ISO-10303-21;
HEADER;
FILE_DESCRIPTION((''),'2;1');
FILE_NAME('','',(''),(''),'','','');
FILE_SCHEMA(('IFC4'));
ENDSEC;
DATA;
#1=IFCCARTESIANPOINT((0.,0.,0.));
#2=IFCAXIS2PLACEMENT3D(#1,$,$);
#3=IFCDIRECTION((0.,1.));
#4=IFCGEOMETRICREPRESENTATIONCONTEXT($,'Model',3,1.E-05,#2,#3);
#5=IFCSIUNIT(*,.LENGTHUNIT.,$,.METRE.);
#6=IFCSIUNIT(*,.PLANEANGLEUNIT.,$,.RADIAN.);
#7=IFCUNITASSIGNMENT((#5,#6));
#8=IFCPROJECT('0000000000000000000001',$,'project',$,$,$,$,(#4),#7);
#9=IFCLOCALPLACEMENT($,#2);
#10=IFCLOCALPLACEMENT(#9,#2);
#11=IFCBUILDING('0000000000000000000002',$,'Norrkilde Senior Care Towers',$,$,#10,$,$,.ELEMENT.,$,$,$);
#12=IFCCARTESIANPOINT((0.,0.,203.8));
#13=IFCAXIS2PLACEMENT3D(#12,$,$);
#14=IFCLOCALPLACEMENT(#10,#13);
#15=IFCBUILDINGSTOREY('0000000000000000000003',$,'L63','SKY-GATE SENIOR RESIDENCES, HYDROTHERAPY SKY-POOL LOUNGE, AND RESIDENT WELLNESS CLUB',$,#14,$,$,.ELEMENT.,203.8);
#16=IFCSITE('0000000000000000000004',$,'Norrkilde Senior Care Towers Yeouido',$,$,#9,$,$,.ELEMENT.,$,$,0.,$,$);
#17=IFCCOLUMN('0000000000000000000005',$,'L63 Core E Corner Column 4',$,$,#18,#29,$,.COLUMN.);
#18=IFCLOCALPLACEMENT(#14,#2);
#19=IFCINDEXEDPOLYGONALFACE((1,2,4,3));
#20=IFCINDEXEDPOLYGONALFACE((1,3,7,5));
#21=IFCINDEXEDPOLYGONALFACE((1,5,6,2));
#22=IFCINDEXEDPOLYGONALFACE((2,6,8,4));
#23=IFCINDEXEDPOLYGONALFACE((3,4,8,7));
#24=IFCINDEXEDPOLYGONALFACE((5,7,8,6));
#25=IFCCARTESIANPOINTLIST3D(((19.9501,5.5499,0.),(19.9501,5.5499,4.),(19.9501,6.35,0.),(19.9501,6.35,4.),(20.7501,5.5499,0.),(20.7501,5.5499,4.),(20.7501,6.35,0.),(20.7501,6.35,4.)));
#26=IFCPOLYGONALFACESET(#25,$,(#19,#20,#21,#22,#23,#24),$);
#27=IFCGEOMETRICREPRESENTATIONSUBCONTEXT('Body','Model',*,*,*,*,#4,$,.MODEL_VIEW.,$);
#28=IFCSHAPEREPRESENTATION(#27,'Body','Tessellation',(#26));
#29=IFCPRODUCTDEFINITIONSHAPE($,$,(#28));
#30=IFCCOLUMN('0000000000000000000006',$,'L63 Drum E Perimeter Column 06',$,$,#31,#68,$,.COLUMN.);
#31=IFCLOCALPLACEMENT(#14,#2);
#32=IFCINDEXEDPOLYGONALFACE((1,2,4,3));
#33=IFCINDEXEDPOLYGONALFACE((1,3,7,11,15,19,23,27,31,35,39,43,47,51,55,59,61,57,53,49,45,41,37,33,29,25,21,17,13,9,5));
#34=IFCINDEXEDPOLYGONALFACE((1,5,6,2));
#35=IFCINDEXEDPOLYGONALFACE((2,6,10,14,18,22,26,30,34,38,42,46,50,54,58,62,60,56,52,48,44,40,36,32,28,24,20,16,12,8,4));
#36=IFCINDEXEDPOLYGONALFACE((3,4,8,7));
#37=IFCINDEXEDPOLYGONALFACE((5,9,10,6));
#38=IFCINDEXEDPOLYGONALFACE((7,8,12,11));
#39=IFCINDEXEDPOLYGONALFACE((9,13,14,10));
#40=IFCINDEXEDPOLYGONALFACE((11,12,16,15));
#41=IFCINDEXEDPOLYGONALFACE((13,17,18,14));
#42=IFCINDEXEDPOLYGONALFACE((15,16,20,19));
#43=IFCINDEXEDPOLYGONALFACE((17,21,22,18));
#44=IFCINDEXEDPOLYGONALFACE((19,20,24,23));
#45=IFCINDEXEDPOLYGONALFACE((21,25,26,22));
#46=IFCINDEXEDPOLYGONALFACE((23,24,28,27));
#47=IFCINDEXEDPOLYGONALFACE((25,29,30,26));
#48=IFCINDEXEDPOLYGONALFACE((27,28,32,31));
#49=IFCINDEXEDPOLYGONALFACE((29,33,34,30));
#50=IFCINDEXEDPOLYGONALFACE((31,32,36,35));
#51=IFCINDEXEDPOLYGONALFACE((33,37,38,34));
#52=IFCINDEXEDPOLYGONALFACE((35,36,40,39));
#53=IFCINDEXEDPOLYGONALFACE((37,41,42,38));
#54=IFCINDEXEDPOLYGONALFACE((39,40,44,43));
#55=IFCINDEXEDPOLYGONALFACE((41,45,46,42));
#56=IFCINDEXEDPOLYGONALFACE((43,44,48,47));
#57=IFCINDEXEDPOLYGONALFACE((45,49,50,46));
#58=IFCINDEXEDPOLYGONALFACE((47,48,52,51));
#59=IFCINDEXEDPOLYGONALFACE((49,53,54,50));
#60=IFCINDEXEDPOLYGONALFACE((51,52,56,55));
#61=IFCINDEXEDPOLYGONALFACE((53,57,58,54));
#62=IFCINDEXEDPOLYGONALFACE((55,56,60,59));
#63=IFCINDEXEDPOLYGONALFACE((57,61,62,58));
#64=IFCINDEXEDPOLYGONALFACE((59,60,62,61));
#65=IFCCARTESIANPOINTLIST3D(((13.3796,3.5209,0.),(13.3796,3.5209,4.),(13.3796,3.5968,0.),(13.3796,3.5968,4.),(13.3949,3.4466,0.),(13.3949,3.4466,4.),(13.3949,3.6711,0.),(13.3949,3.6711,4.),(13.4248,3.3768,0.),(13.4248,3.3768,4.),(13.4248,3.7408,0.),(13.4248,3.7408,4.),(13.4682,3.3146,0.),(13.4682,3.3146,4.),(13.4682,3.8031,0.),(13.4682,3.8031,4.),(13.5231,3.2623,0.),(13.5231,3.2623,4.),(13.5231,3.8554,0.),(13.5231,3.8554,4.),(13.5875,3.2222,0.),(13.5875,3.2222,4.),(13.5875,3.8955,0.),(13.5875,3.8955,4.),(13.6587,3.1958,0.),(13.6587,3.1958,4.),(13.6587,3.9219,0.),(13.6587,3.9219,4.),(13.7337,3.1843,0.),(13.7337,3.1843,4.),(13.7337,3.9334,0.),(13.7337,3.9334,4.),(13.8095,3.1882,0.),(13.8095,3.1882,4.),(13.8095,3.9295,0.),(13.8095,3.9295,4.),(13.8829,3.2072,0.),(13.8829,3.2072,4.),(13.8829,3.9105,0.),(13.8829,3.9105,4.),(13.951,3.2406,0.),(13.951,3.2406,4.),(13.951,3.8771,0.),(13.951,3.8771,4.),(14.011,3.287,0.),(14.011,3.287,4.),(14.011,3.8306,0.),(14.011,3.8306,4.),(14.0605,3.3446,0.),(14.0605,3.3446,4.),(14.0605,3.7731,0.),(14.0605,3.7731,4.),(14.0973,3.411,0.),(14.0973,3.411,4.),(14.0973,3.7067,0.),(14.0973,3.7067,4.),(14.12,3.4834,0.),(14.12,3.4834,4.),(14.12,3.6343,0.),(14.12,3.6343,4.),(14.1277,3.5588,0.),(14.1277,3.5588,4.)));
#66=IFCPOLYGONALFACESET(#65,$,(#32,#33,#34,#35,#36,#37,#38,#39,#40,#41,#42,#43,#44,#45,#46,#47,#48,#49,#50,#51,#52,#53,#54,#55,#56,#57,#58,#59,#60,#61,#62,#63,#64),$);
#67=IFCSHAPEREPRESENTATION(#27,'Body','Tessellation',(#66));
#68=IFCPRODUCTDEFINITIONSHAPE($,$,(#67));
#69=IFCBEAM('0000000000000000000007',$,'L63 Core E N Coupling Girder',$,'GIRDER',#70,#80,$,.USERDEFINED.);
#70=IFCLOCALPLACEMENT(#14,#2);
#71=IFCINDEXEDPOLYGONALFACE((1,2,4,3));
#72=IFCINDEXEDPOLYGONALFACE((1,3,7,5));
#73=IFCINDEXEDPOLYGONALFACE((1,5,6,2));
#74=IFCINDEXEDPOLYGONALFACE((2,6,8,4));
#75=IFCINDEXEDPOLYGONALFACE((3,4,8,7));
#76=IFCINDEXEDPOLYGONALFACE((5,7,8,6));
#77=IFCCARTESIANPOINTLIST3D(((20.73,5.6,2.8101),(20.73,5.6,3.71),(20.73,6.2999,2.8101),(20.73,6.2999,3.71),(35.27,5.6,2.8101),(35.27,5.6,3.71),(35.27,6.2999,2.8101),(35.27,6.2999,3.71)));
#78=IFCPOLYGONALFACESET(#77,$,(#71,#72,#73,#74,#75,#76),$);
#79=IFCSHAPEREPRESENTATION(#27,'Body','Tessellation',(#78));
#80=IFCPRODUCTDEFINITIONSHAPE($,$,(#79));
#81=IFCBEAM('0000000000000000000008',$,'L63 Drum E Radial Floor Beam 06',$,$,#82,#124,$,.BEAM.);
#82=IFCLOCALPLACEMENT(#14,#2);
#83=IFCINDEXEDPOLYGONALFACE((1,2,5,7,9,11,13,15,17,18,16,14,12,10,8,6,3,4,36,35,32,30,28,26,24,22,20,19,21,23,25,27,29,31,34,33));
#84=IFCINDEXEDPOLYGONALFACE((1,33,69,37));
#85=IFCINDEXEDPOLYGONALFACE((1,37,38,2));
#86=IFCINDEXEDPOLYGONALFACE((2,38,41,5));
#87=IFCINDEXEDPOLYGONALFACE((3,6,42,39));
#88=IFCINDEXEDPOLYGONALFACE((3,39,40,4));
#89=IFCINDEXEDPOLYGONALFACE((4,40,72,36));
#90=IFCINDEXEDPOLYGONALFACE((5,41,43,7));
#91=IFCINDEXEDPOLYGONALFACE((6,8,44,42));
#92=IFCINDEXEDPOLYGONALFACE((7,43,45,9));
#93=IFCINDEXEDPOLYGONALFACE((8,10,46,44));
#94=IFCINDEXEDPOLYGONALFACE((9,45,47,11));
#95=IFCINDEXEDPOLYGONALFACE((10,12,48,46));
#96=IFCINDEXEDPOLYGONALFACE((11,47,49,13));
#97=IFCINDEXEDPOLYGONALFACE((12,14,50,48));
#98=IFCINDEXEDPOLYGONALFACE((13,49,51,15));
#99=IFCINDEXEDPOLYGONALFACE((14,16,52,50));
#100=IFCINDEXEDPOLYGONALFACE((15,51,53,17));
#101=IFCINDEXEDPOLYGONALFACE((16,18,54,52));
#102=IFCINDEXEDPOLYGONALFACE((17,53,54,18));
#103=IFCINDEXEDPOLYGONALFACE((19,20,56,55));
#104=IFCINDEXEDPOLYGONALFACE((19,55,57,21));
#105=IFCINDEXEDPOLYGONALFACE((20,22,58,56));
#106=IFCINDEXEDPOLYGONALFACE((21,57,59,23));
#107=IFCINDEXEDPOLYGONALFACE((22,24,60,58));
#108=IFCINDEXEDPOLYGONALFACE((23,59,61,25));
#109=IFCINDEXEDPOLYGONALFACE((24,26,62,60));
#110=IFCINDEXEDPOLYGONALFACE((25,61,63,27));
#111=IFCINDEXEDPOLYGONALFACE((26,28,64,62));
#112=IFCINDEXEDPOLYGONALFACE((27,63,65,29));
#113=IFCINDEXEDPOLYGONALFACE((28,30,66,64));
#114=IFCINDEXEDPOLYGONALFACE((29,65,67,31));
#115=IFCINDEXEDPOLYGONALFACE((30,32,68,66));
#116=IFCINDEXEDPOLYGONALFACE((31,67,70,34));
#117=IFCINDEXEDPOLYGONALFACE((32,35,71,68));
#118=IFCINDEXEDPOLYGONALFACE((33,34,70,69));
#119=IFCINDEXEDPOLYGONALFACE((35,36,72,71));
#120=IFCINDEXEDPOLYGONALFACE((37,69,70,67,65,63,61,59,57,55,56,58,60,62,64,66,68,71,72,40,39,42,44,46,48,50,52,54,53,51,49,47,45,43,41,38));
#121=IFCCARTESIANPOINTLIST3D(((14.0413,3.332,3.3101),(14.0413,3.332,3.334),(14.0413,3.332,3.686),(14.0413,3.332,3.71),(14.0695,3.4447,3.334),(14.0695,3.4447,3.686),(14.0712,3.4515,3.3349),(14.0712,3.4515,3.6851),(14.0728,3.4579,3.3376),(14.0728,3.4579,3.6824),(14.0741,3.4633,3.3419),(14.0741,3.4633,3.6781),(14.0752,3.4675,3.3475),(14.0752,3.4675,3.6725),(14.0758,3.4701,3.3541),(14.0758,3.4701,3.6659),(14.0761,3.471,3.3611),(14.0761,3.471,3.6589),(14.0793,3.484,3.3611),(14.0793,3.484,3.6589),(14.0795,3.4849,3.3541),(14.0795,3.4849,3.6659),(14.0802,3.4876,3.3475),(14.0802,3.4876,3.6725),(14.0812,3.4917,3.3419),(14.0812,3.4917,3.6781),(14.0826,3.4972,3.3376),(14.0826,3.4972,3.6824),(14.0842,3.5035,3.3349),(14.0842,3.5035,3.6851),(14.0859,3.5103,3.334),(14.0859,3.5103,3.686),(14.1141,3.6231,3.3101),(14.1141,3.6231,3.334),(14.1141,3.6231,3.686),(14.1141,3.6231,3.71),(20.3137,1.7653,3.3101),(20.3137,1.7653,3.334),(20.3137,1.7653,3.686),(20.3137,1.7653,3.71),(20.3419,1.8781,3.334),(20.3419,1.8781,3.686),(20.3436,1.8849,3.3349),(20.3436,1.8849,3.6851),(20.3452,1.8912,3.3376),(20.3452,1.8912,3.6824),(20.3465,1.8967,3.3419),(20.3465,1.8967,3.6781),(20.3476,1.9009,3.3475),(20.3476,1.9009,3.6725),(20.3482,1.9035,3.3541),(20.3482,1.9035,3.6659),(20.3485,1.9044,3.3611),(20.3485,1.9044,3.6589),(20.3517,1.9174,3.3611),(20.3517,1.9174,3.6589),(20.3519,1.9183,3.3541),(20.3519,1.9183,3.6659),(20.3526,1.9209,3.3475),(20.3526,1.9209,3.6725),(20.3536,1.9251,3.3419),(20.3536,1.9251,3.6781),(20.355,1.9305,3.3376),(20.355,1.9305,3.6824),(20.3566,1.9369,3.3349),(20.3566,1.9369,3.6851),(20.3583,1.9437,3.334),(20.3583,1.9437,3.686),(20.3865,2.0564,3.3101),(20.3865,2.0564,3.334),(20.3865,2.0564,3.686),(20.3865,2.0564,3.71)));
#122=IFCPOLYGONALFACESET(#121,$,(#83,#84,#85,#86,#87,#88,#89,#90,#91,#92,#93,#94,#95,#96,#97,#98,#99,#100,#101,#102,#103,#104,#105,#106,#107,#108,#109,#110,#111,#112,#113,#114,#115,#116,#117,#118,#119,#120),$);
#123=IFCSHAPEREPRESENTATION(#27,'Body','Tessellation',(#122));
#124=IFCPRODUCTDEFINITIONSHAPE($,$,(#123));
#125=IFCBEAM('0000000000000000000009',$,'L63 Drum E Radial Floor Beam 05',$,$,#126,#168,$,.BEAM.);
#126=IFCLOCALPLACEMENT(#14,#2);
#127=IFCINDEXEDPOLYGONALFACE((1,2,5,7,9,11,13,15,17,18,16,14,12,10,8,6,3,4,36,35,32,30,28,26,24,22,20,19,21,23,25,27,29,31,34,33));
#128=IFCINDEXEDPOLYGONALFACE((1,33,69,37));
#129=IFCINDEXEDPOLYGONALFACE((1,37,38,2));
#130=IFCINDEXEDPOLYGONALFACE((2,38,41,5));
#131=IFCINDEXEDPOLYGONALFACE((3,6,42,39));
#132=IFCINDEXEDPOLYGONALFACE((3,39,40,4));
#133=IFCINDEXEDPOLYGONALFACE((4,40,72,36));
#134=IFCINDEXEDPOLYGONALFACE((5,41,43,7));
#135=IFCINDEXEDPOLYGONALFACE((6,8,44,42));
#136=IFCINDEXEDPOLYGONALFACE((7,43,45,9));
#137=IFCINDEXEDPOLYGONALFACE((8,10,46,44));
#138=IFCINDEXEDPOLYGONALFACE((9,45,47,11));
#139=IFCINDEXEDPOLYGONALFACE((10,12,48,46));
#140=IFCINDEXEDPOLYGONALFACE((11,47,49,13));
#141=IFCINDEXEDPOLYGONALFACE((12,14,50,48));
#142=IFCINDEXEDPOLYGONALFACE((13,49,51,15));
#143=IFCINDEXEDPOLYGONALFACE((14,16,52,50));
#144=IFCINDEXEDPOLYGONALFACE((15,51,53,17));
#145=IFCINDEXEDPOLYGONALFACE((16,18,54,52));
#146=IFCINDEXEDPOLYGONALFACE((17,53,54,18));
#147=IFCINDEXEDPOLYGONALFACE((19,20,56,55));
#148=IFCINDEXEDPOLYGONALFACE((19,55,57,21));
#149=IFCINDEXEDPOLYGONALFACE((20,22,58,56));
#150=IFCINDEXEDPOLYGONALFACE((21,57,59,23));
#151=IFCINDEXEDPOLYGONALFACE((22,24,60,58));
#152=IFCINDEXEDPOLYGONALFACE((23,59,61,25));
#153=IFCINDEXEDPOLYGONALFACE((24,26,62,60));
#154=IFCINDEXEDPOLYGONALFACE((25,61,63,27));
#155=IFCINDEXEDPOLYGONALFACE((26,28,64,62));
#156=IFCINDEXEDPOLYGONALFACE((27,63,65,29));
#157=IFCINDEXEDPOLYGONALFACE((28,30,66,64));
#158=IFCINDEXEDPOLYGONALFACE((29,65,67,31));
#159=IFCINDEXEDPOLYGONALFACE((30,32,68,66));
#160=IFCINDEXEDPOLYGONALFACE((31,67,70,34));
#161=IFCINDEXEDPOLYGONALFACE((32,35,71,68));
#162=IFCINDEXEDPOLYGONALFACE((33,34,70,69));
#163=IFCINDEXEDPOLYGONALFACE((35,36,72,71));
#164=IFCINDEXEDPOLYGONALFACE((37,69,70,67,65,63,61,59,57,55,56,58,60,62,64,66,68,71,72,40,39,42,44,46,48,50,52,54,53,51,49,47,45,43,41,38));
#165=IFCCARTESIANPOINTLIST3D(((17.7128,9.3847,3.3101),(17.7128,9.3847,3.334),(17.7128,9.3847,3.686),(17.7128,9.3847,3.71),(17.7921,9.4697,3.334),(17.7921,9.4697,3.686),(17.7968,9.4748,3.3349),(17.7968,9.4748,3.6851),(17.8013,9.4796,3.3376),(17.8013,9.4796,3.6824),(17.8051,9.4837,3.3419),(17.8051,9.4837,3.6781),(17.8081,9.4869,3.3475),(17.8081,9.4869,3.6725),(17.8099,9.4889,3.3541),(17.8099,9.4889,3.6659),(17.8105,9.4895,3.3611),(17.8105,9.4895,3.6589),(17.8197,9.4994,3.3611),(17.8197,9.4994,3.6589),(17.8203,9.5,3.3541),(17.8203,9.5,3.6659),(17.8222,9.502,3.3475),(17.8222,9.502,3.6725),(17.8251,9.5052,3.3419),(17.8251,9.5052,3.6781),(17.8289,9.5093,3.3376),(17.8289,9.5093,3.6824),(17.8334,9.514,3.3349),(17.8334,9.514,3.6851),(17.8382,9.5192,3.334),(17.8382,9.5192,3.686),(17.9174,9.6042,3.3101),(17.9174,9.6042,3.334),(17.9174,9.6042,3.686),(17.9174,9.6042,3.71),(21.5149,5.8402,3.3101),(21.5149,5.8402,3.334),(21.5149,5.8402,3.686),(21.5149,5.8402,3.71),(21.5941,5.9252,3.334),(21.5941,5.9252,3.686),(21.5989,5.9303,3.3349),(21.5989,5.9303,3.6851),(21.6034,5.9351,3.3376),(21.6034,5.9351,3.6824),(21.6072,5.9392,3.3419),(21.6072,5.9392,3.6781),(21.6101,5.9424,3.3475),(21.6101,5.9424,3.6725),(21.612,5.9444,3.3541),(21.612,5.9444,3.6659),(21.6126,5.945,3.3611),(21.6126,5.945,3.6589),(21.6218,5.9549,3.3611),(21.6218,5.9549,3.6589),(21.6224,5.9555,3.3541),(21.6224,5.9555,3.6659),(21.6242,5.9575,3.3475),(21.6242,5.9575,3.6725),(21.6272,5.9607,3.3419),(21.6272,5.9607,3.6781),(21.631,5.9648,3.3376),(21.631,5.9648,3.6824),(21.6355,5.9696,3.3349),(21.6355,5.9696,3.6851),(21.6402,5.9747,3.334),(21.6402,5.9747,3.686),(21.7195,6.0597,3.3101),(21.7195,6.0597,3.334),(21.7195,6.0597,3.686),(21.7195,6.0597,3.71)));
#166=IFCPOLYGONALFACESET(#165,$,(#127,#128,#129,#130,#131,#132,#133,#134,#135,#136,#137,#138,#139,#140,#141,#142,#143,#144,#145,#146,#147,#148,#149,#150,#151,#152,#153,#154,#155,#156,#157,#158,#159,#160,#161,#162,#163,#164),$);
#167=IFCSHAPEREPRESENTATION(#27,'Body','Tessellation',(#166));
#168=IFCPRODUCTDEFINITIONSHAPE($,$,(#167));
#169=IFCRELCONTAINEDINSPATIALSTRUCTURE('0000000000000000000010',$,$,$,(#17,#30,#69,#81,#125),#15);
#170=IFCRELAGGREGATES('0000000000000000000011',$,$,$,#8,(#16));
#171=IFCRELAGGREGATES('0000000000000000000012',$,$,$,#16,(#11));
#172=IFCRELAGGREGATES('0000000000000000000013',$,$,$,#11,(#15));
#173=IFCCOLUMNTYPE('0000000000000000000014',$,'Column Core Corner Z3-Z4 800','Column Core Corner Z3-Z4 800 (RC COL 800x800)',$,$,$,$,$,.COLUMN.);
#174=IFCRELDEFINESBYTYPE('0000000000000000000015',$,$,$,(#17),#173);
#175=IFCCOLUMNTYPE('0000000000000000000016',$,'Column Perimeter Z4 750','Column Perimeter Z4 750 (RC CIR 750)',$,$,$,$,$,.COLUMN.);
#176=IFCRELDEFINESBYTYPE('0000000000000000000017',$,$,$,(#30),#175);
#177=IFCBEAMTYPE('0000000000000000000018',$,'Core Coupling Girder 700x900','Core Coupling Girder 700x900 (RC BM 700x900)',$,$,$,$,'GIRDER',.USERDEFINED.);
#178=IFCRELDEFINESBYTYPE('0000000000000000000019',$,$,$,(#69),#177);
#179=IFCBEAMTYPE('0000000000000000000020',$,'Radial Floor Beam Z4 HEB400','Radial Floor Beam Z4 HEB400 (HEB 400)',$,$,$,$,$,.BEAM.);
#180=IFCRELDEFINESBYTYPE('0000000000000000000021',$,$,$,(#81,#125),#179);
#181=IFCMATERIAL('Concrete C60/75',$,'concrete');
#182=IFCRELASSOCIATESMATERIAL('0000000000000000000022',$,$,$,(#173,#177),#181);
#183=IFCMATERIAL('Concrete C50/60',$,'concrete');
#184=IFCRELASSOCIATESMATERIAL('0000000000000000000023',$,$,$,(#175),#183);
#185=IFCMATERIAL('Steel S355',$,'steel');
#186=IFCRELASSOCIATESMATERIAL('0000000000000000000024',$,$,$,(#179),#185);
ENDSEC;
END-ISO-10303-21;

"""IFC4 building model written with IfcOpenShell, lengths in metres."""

from ifc_helpers import new_model, si_unit, direction, frame, origin, origin_2d, place, context, subcontext, project, spatial, rectangle, circle, i_section, extrude, source, transform, mapped, material, material_profile, profile_set, type_object, type_shapes, element, save


model = new_model("IFC4")

# Units and contexts
model_context = context("Model", 3, precision=1e-05, world=origin(), true_north=direction((0.0, 1.0)))
body_context = subcontext(model_context, "Body", "Model", "MODEL_VIEW")
ifc_project = project(units=[si_unit("LENGTHUNIT", "METRE"), si_unit("PLANEANGLEUNIT", "RADIAN")], contexts=[model_context])

# Site, building, storey
site_placement = place(None, origin())
site = spatial("IfcSite", under=ifc_project, at=site_placement, Name="Norrkilde Senior Care Towers Yeouido", CompositionType="ELEMENT", RefElevation=0.0)
building_placement = place(site_placement, origin())
building = spatial("IfcBuilding", under=site, at=building_placement, Name="Norrkilde Senior Care Towers", CompositionType="ELEMENT")
storey_placement = place(building_placement, frame((0.0, 0.0, 203.8)))
storey = spatial("IfcBuildingStorey", under=building, at=storey_placement, Name="L63", Description="SKY-GATE SENIOR RESIDENCES, HYDROTHERAPY SKY-POOL LOUNGE, AND RESIDENT WELLNESS CLUB", CompositionType="ELEMENT", Elevation=203.8)

# Columns
ifc_material_1 = material(Name="Concrete C60/75", Category="concrete")
ifc_material_profile_1 = material_profile(ifc_material_1, rectangle(XDim=0.8, YDim=0.8, at=origin_2d()), Name="RC COL 800x800")
ifc_profile_set_1 = profile_set([ifc_material_profile_1], Name="Concrete C60/75")
column_type_1 = type_object("IfcColumnType", Name="Column Core Corner Z3-Z4 800", Description="Column Core Corner Z3-Z4 800 (RC COL 800x800)", PredefinedType="COLUMN", material=ifc_profile_set_1)
shared_shape_1 = source(origin(), body_context, "Body", "SweptSolid", [
    extrude(rectangle(XDim=0.8, YDim=0.8, at=origin_2d()), origin(), (0.0, 0.0, 1.0), 4.0),
])
type_shapes(column_type_1, [shared_shape_1])
column_1_placement = place(storey_placement, frame((20.3501, 5.95, 0.0), z_axis=(0.0, 0.0, 1.0), x_axis=(1.0, 0.0, 0.0)))
element("IfcColumn", 1, at=column_1_placement, inside=storey, type_object=column_type_1, Name="L63 Core E Corner Column 4", PredefinedType="COLUMN", context=body_context, shape_type="MappedRepresentation", body=[
    mapped(shared_shape_1, transform((0.0, 0.0, 0.0), x_axis=(1.0, 0.0, 0.0), y_axis=(0.0, 1.0, 0.0), z_axis=(0.0, 0.0, 1.0), scale=1.0)),
])
ifc_material_2 = material(Name="Concrete C50/60", Category="concrete")
ifc_material_profile_2 = material_profile(ifc_material_2, circle(Radius=0.375, at=origin_2d()), Name="RC CIR 750")
ifc_profile_set_2 = profile_set([ifc_material_profile_2], Name="Concrete C50/60")
column_type_2 = type_object("IfcColumnType", Name="Column Perimeter Z4 750", Description="Column Perimeter Z4 750 (RC CIR 750)", PredefinedType="COLUMN", material=ifc_profile_set_2)
shared_shape_2 = source(origin(), body_context, "Body", "SweptSolid", [
    extrude(circle(Radius=0.375, at=origin_2d()), origin(), (0.0, 0.0, 1.0), 4.0),
])
type_shapes(column_type_2, [shared_shape_2])
column_2_placement = place(storey_placement, frame((13.7527, 3.5588, 0.0), z_axis=(0.0, 0.0, 1.0), x_axis=(1.0, 0.0, 0.0)))
element("IfcColumn", 2, at=column_2_placement, inside=storey, type_object=column_type_2, Name="L63 Drum E Perimeter Column 06", PredefinedType="COLUMN", context=body_context, shape_type="MappedRepresentation", body=[
    mapped(shared_shape_2, transform((0.0, 0.0, 0.0), x_axis=(1.0, 0.0, 0.0), y_axis=(0.0, 1.0, 0.0), z_axis=(0.0, 0.0, 1.0), scale=1.0)),
])

# Beams
ifc_material_profile_3 = material_profile(ifc_material_1, rectangle(XDim=0.7, YDim=0.8999, at=origin_2d()), Name="RC BM 700x900")
ifc_profile_set_3 = profile_set([ifc_material_profile_3], Name="Concrete C60/75")
beam_type_1 = type_object("IfcBeamType", Name="Core Coupling Girder 700x900", Description="Core Coupling Girder 700x900 (RC BM 700x900)", ElementType="GIRDER", PredefinedType="USERDEFINED", material=ifc_profile_set_3)
shared_shape_3 = source(origin(), body_context, "Body", "SweptSolid", [
    extrude(rectangle(XDim=0.7, YDim=0.8999, at=origin_2d()), origin(), (0.0, 0.0, 1.0), 14.54),
])
type_shapes(beam_type_1, [shared_shape_3])
beam_1_placement = place(storey_placement, frame((20.73, 5.95, 3.26), z_axis=(1.0, 0.0, 0.0), x_axis=(0.0, 1.0, 0.0)))
element("IfcBeam", 3, at=beam_1_placement, inside=storey, type_object=beam_type_1, Name="L63 Core E N Coupling Girder", ObjectType="GIRDER", PredefinedType="USERDEFINED", context=body_context, shape_type="MappedRepresentation", body=[
    mapped(shared_shape_3, transform((0.0, 0.0, 0.0), x_axis=(1.0, 0.0, 0.0), y_axis=(0.0, 1.0, 0.0), z_axis=(0.0, 0.0, 1.0), scale=1.0)),
])
ifc_material_3 = material(Name="Steel S355", Category="steel")
ifc_material_profile_4 = material_profile(ifc_material_3, i_section(OverallWidth=0.3, OverallDepth=0.3999, WebThickness=0.0134, FlangeThickness=0.0239, FilletRadius=0.0271, at=origin_2d()), Name="HEB 400")
ifc_profile_set_4 = profile_set([ifc_material_profile_4], Name="Steel S355")
beam_type_2 = type_object("IfcBeamType", Name="Radial Floor Beam Z4 HEB400", Description="Radial Floor Beam Z4 HEB400 (HEB 400)", PredefinedType="BEAM", material=ifc_profile_set_4)
shared_shape_4 = source(origin(), body_context, "Body", "SweptSolid", [
    extrude(i_section(OverallWidth=0.3, OverallDepth=0.3999, WebThickness=0.0134, FlangeThickness=0.0239, FilletRadius=0.0271, at=origin_2d()), origin(), (0.0, 0.0, 1.0), 6.4651),
])
beam_2_placement = place(storey_placement, frame((20.3501, 1.9109, 3.51), z_axis=(-0.970196, 0.242322, 0.0), x_axis=(-0.242322, -0.970196, 0.0)))
element("IfcBeam", 4, at=beam_2_placement, inside=storey, type_object=beam_type_2, Name="L63 Drum E Radial Floor Beam 06", PredefinedType="BEAM", context=body_context, shape_type="MappedRepresentation", body=[
    mapped(shared_shape_4, transform((0.0, 0.0, 0.0), x_axis=(1.0, 0.0, 0.0), y_axis=(0.0, 1.0, 0.0), z_axis=(0.0, 0.0, 1.0), scale=1.0)),
])
shared_shape_5 = source(origin(), body_context, "Body", "SweptSolid", [
    extrude(i_section(OverallWidth=0.3, OverallDepth=0.3999, WebThickness=0.0134, FlangeThickness=0.0239, FilletRadius=0.0271, at=origin_2d()), origin(), (0.0, 0.0, 1.0), 5.198),
])
type_shapes(beam_type_2, [shared_shape_4, shared_shape_5])
beam_3_placement = place(storey_placement, frame((21.6172, 5.95, 3.51), z_axis=(-0.731449, 0.681896, 0.0), x_axis=(-0.681896, -0.731449, 0.0)))
element("IfcBeam", 5, at=beam_3_placement, inside=storey, type_object=beam_type_2, Name="L63 Drum E Radial Floor Beam 05", PredefinedType="BEAM", context=body_context, shape_type="MappedRepresentation", body=[
    mapped(shared_shape_5, transform((0.0, 0.0, 0.0), x_axis=(1.0, 0.0, 0.0), y_axis=(0.0, 1.0, 0.0), z_axis=(0.0, 0.0, 1.0), scale=1.0)),
])

save(model, "model.ifc")
